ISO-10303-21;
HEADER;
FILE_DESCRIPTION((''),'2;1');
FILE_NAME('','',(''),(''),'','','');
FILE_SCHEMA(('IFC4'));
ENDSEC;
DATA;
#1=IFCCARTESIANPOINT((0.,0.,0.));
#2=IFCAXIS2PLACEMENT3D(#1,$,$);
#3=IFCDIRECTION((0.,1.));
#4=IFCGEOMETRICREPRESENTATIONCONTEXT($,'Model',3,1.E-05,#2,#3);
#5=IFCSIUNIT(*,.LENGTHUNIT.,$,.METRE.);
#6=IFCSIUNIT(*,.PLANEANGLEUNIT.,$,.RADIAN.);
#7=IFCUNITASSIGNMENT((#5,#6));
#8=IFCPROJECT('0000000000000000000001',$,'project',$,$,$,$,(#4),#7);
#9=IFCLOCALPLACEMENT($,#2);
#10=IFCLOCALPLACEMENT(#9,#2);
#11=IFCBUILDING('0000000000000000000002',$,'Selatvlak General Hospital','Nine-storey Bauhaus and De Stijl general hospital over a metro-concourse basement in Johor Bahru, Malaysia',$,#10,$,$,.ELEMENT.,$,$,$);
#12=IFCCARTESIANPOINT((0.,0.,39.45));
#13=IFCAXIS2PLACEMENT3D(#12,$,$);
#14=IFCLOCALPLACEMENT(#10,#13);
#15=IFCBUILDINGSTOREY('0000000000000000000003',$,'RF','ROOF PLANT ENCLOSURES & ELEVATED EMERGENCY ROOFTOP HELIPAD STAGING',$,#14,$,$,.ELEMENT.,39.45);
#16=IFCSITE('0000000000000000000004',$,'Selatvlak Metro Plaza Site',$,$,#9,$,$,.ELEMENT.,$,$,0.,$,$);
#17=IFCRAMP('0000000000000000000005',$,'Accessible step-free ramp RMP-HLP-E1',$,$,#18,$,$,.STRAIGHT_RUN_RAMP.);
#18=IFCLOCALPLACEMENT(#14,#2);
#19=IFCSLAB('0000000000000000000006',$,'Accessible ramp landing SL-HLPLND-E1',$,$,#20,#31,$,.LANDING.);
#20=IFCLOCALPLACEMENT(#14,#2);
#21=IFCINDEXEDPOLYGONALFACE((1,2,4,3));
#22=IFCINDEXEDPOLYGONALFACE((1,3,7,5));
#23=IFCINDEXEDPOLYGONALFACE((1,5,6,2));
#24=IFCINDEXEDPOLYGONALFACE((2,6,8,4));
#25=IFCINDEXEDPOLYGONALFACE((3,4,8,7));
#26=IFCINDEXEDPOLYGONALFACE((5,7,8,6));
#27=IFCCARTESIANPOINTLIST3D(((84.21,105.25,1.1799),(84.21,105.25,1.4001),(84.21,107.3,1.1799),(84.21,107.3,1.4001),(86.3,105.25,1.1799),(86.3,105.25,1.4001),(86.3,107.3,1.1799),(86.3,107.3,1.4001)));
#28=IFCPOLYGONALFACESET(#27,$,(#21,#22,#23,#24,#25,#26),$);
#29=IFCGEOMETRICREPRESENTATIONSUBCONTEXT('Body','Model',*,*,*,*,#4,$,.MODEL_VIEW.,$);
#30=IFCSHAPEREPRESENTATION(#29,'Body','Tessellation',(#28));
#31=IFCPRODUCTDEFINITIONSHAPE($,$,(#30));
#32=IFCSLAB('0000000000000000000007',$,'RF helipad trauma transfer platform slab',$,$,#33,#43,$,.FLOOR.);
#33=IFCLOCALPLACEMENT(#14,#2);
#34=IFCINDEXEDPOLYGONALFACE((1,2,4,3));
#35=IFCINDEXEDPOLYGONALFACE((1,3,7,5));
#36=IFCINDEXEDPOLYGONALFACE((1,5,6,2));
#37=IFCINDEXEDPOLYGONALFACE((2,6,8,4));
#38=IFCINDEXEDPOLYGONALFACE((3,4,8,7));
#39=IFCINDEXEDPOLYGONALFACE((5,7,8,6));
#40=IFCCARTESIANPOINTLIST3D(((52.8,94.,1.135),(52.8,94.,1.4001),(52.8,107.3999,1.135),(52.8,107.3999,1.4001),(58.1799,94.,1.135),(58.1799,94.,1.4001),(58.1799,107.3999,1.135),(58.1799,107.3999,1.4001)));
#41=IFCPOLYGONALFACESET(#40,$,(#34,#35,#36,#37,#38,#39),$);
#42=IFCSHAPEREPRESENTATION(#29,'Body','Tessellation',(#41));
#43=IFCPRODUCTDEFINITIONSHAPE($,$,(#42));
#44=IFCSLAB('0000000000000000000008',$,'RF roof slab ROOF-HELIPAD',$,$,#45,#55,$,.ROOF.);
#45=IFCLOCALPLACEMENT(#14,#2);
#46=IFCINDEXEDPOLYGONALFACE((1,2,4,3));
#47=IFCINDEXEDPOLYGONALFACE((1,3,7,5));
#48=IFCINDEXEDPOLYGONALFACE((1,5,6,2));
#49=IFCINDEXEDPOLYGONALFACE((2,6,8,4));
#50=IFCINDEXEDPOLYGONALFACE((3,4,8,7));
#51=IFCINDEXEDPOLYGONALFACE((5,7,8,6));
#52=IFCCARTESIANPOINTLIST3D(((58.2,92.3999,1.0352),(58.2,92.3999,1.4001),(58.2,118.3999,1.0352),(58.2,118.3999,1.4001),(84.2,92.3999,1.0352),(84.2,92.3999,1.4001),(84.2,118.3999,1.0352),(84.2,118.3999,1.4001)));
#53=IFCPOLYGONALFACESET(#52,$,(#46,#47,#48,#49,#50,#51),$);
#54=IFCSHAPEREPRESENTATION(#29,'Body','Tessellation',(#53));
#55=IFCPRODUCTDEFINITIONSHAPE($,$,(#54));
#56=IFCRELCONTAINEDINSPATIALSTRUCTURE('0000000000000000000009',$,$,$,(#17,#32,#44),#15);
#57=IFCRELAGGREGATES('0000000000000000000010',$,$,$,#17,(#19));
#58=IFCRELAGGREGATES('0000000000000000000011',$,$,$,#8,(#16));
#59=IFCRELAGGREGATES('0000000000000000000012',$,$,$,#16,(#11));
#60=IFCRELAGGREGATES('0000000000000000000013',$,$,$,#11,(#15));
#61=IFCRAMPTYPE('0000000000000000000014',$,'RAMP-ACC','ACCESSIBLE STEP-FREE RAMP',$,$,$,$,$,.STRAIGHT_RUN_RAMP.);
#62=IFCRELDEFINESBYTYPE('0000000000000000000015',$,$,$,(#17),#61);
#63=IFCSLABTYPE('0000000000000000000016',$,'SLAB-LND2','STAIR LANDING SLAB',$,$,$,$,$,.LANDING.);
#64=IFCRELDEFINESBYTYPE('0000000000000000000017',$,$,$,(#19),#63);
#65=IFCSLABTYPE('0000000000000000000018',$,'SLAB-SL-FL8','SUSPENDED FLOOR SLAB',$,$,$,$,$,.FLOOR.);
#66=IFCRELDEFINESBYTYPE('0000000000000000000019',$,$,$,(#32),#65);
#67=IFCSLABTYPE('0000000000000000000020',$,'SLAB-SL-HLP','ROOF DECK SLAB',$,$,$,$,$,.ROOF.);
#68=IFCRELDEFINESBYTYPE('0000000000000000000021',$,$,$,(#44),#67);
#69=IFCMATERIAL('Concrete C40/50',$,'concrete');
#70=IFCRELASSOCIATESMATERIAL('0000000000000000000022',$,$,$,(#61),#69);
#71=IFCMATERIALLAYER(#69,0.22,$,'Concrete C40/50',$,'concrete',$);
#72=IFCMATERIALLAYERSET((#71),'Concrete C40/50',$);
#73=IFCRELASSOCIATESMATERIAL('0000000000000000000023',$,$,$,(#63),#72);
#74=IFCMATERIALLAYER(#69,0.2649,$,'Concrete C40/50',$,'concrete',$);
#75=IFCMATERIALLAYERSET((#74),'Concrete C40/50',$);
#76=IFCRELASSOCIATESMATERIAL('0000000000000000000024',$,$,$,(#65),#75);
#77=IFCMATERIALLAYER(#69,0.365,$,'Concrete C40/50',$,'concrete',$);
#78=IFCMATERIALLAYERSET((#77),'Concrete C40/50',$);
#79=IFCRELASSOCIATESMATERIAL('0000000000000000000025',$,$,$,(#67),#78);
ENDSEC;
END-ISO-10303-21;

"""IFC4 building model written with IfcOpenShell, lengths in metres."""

from ifc_helpers import new_model, si_unit, direction, frame, origin, place, context, subcontext, project, spatial, polyline, outline, extrude, material, layer, layer_set, type_object, element, aggregate, save


model = new_model("IFC4")

# Units and contexts
model_context = context("Model", 3, precision=1e-05, world=origin(), true_north=direction((0.0, 1.0)))
body_context = subcontext(model_context, "Body", "Model", "MODEL_VIEW")
ifc_project = project(units=[si_unit("LENGTHUNIT", "METRE"), si_unit("PLANEANGLEUNIT", "RADIAN")], contexts=[model_context])

# Site, building, storey
site_placement = place(None, origin())
site = spatial("IfcSite", under=ifc_project, at=site_placement, Name="Selatvlak Metro Plaza Site", CompositionType="ELEMENT", RefElevation=0.0)
building_placement = place(site_placement, origin())
building = spatial("IfcBuilding", under=site, at=building_placement, Name="Selatvlak General Hospital", Description="Nine-storey Bauhaus and De Stijl general hospital over a metro-concourse basement in Johor Bahru, Malaysia", CompositionType="ELEMENT")
storey_placement = place(building_placement, frame((0.0, 0.0, 39.45)))
storey = spatial("IfcBuildingStorey", under=building, at=storey_placement, Name="RF", Description="ROOF PLANT ENCLOSURES & ELEVATED EMERGENCY ROOFTOP HELIPAD STAGING", CompositionType="ELEMENT", Elevation=39.45)

# Shared definitions
ifc_material_1 = material(Name="Concrete C40/50", Category="concrete")

# Ramp, slab
ramp_type = type_object("IfcRampType", Name="RAMP-ACC", Description="ACCESSIBLE STEP-FREE RAMP", PredefinedType="STRAIGHT_RUN_RAMP", material=ifc_material_1)
ifc_layer_1 = layer(ifc_material_1, 0.22, Name="Concrete C40/50", Category="concrete")
ifc_layer_set_1 = layer_set([ifc_layer_1], Name="Concrete C40/50")
slab_type_1 = type_object("IfcSlabType", Name="SLAB-LND2", Description="STAIR LANDING SLAB", PredefinedType="LANDING", material=ifc_layer_set_1)
ramp_1_placement = place(storey_placement, origin())
ramp_1 = element("IfcRamp", 1, at=ramp_1_placement, inside=storey, type_object=ramp_type, Name="Accessible step-free ramp RMP-HLP-E1", PredefinedType="STRAIGHT_RUN_RAMP")
slab_1_placement = place(storey_placement, frame((0.0, 0.0, 1.1799)))
slab_1 = element("IfcSlab", 2, at=slab_1_placement, type_object=slab_type_1, Name="Accessible ramp landing SL-HLPLND-E1", PredefinedType="LANDING", context=body_context, shape_type="SweptSolid", body=[
    extrude(outline(polyline([(84.21, 105.25), (86.3, 105.25), (86.3, 107.3), (84.21, 107.3), (84.21, 105.25)])), origin(), (0.0, 0.0, 1.0), 0.2202),
])
aggregate(ramp_1, [slab_1])

# Slabs
ifc_layer_2 = layer(ifc_material_1, 0.2649, Name="Concrete C40/50", Category="concrete")
ifc_layer_set_2 = layer_set([ifc_layer_2], Name="Concrete C40/50")
slab_type_2 = type_object("IfcSlabType", Name="SLAB-SL-FL8", Description="SUSPENDED FLOOR SLAB", PredefinedType="FLOOR", material=ifc_layer_set_2)
slab_2_placement = place(storey_placement, frame((0.0, 0.0, 1.135)))
element("IfcSlab", 3, at=slab_2_placement, inside=storey, type_object=slab_type_2, Name="RF helipad trauma transfer platform slab", PredefinedType="FLOOR", context=body_context, shape_type="SweptSolid", body=[
    extrude(outline(polyline([(58.1799, 94.0), (58.1799, 107.3999), (52.8, 107.3999), (52.8, 94.0), (58.1799, 94.0)])), origin(), (0.0, 0.0, 1.0), 0.2651),
])
ifc_layer_3 = layer(ifc_material_1, 0.365, Name="Concrete C40/50", Category="concrete")
ifc_layer_set_3 = layer_set([ifc_layer_3], Name="Concrete C40/50")
slab_type_3 = type_object("IfcSlabType", Name="SLAB-SL-HLP", Description="ROOF DECK SLAB", PredefinedType="ROOF", material=ifc_layer_set_3)
slab_3_placement = place(storey_placement, frame((0.0, 0.0, 1.0352)))
element("IfcSlab", 4, at=slab_3_placement, inside=storey, type_object=slab_type_3, Name="RF roof slab ROOF-HELIPAD", PredefinedType="ROOF", context=body_context, shape_type="SweptSolid", body=[
    extrude(outline(polyline([(84.2, 92.3999), (84.2, 118.3999), (58.2, 118.3999), (58.2, 92.3999), (84.2, 92.3999)])), origin(), (0.0, 0.0, 1.0), 0.365),
])

save(model, "model.ifc")
